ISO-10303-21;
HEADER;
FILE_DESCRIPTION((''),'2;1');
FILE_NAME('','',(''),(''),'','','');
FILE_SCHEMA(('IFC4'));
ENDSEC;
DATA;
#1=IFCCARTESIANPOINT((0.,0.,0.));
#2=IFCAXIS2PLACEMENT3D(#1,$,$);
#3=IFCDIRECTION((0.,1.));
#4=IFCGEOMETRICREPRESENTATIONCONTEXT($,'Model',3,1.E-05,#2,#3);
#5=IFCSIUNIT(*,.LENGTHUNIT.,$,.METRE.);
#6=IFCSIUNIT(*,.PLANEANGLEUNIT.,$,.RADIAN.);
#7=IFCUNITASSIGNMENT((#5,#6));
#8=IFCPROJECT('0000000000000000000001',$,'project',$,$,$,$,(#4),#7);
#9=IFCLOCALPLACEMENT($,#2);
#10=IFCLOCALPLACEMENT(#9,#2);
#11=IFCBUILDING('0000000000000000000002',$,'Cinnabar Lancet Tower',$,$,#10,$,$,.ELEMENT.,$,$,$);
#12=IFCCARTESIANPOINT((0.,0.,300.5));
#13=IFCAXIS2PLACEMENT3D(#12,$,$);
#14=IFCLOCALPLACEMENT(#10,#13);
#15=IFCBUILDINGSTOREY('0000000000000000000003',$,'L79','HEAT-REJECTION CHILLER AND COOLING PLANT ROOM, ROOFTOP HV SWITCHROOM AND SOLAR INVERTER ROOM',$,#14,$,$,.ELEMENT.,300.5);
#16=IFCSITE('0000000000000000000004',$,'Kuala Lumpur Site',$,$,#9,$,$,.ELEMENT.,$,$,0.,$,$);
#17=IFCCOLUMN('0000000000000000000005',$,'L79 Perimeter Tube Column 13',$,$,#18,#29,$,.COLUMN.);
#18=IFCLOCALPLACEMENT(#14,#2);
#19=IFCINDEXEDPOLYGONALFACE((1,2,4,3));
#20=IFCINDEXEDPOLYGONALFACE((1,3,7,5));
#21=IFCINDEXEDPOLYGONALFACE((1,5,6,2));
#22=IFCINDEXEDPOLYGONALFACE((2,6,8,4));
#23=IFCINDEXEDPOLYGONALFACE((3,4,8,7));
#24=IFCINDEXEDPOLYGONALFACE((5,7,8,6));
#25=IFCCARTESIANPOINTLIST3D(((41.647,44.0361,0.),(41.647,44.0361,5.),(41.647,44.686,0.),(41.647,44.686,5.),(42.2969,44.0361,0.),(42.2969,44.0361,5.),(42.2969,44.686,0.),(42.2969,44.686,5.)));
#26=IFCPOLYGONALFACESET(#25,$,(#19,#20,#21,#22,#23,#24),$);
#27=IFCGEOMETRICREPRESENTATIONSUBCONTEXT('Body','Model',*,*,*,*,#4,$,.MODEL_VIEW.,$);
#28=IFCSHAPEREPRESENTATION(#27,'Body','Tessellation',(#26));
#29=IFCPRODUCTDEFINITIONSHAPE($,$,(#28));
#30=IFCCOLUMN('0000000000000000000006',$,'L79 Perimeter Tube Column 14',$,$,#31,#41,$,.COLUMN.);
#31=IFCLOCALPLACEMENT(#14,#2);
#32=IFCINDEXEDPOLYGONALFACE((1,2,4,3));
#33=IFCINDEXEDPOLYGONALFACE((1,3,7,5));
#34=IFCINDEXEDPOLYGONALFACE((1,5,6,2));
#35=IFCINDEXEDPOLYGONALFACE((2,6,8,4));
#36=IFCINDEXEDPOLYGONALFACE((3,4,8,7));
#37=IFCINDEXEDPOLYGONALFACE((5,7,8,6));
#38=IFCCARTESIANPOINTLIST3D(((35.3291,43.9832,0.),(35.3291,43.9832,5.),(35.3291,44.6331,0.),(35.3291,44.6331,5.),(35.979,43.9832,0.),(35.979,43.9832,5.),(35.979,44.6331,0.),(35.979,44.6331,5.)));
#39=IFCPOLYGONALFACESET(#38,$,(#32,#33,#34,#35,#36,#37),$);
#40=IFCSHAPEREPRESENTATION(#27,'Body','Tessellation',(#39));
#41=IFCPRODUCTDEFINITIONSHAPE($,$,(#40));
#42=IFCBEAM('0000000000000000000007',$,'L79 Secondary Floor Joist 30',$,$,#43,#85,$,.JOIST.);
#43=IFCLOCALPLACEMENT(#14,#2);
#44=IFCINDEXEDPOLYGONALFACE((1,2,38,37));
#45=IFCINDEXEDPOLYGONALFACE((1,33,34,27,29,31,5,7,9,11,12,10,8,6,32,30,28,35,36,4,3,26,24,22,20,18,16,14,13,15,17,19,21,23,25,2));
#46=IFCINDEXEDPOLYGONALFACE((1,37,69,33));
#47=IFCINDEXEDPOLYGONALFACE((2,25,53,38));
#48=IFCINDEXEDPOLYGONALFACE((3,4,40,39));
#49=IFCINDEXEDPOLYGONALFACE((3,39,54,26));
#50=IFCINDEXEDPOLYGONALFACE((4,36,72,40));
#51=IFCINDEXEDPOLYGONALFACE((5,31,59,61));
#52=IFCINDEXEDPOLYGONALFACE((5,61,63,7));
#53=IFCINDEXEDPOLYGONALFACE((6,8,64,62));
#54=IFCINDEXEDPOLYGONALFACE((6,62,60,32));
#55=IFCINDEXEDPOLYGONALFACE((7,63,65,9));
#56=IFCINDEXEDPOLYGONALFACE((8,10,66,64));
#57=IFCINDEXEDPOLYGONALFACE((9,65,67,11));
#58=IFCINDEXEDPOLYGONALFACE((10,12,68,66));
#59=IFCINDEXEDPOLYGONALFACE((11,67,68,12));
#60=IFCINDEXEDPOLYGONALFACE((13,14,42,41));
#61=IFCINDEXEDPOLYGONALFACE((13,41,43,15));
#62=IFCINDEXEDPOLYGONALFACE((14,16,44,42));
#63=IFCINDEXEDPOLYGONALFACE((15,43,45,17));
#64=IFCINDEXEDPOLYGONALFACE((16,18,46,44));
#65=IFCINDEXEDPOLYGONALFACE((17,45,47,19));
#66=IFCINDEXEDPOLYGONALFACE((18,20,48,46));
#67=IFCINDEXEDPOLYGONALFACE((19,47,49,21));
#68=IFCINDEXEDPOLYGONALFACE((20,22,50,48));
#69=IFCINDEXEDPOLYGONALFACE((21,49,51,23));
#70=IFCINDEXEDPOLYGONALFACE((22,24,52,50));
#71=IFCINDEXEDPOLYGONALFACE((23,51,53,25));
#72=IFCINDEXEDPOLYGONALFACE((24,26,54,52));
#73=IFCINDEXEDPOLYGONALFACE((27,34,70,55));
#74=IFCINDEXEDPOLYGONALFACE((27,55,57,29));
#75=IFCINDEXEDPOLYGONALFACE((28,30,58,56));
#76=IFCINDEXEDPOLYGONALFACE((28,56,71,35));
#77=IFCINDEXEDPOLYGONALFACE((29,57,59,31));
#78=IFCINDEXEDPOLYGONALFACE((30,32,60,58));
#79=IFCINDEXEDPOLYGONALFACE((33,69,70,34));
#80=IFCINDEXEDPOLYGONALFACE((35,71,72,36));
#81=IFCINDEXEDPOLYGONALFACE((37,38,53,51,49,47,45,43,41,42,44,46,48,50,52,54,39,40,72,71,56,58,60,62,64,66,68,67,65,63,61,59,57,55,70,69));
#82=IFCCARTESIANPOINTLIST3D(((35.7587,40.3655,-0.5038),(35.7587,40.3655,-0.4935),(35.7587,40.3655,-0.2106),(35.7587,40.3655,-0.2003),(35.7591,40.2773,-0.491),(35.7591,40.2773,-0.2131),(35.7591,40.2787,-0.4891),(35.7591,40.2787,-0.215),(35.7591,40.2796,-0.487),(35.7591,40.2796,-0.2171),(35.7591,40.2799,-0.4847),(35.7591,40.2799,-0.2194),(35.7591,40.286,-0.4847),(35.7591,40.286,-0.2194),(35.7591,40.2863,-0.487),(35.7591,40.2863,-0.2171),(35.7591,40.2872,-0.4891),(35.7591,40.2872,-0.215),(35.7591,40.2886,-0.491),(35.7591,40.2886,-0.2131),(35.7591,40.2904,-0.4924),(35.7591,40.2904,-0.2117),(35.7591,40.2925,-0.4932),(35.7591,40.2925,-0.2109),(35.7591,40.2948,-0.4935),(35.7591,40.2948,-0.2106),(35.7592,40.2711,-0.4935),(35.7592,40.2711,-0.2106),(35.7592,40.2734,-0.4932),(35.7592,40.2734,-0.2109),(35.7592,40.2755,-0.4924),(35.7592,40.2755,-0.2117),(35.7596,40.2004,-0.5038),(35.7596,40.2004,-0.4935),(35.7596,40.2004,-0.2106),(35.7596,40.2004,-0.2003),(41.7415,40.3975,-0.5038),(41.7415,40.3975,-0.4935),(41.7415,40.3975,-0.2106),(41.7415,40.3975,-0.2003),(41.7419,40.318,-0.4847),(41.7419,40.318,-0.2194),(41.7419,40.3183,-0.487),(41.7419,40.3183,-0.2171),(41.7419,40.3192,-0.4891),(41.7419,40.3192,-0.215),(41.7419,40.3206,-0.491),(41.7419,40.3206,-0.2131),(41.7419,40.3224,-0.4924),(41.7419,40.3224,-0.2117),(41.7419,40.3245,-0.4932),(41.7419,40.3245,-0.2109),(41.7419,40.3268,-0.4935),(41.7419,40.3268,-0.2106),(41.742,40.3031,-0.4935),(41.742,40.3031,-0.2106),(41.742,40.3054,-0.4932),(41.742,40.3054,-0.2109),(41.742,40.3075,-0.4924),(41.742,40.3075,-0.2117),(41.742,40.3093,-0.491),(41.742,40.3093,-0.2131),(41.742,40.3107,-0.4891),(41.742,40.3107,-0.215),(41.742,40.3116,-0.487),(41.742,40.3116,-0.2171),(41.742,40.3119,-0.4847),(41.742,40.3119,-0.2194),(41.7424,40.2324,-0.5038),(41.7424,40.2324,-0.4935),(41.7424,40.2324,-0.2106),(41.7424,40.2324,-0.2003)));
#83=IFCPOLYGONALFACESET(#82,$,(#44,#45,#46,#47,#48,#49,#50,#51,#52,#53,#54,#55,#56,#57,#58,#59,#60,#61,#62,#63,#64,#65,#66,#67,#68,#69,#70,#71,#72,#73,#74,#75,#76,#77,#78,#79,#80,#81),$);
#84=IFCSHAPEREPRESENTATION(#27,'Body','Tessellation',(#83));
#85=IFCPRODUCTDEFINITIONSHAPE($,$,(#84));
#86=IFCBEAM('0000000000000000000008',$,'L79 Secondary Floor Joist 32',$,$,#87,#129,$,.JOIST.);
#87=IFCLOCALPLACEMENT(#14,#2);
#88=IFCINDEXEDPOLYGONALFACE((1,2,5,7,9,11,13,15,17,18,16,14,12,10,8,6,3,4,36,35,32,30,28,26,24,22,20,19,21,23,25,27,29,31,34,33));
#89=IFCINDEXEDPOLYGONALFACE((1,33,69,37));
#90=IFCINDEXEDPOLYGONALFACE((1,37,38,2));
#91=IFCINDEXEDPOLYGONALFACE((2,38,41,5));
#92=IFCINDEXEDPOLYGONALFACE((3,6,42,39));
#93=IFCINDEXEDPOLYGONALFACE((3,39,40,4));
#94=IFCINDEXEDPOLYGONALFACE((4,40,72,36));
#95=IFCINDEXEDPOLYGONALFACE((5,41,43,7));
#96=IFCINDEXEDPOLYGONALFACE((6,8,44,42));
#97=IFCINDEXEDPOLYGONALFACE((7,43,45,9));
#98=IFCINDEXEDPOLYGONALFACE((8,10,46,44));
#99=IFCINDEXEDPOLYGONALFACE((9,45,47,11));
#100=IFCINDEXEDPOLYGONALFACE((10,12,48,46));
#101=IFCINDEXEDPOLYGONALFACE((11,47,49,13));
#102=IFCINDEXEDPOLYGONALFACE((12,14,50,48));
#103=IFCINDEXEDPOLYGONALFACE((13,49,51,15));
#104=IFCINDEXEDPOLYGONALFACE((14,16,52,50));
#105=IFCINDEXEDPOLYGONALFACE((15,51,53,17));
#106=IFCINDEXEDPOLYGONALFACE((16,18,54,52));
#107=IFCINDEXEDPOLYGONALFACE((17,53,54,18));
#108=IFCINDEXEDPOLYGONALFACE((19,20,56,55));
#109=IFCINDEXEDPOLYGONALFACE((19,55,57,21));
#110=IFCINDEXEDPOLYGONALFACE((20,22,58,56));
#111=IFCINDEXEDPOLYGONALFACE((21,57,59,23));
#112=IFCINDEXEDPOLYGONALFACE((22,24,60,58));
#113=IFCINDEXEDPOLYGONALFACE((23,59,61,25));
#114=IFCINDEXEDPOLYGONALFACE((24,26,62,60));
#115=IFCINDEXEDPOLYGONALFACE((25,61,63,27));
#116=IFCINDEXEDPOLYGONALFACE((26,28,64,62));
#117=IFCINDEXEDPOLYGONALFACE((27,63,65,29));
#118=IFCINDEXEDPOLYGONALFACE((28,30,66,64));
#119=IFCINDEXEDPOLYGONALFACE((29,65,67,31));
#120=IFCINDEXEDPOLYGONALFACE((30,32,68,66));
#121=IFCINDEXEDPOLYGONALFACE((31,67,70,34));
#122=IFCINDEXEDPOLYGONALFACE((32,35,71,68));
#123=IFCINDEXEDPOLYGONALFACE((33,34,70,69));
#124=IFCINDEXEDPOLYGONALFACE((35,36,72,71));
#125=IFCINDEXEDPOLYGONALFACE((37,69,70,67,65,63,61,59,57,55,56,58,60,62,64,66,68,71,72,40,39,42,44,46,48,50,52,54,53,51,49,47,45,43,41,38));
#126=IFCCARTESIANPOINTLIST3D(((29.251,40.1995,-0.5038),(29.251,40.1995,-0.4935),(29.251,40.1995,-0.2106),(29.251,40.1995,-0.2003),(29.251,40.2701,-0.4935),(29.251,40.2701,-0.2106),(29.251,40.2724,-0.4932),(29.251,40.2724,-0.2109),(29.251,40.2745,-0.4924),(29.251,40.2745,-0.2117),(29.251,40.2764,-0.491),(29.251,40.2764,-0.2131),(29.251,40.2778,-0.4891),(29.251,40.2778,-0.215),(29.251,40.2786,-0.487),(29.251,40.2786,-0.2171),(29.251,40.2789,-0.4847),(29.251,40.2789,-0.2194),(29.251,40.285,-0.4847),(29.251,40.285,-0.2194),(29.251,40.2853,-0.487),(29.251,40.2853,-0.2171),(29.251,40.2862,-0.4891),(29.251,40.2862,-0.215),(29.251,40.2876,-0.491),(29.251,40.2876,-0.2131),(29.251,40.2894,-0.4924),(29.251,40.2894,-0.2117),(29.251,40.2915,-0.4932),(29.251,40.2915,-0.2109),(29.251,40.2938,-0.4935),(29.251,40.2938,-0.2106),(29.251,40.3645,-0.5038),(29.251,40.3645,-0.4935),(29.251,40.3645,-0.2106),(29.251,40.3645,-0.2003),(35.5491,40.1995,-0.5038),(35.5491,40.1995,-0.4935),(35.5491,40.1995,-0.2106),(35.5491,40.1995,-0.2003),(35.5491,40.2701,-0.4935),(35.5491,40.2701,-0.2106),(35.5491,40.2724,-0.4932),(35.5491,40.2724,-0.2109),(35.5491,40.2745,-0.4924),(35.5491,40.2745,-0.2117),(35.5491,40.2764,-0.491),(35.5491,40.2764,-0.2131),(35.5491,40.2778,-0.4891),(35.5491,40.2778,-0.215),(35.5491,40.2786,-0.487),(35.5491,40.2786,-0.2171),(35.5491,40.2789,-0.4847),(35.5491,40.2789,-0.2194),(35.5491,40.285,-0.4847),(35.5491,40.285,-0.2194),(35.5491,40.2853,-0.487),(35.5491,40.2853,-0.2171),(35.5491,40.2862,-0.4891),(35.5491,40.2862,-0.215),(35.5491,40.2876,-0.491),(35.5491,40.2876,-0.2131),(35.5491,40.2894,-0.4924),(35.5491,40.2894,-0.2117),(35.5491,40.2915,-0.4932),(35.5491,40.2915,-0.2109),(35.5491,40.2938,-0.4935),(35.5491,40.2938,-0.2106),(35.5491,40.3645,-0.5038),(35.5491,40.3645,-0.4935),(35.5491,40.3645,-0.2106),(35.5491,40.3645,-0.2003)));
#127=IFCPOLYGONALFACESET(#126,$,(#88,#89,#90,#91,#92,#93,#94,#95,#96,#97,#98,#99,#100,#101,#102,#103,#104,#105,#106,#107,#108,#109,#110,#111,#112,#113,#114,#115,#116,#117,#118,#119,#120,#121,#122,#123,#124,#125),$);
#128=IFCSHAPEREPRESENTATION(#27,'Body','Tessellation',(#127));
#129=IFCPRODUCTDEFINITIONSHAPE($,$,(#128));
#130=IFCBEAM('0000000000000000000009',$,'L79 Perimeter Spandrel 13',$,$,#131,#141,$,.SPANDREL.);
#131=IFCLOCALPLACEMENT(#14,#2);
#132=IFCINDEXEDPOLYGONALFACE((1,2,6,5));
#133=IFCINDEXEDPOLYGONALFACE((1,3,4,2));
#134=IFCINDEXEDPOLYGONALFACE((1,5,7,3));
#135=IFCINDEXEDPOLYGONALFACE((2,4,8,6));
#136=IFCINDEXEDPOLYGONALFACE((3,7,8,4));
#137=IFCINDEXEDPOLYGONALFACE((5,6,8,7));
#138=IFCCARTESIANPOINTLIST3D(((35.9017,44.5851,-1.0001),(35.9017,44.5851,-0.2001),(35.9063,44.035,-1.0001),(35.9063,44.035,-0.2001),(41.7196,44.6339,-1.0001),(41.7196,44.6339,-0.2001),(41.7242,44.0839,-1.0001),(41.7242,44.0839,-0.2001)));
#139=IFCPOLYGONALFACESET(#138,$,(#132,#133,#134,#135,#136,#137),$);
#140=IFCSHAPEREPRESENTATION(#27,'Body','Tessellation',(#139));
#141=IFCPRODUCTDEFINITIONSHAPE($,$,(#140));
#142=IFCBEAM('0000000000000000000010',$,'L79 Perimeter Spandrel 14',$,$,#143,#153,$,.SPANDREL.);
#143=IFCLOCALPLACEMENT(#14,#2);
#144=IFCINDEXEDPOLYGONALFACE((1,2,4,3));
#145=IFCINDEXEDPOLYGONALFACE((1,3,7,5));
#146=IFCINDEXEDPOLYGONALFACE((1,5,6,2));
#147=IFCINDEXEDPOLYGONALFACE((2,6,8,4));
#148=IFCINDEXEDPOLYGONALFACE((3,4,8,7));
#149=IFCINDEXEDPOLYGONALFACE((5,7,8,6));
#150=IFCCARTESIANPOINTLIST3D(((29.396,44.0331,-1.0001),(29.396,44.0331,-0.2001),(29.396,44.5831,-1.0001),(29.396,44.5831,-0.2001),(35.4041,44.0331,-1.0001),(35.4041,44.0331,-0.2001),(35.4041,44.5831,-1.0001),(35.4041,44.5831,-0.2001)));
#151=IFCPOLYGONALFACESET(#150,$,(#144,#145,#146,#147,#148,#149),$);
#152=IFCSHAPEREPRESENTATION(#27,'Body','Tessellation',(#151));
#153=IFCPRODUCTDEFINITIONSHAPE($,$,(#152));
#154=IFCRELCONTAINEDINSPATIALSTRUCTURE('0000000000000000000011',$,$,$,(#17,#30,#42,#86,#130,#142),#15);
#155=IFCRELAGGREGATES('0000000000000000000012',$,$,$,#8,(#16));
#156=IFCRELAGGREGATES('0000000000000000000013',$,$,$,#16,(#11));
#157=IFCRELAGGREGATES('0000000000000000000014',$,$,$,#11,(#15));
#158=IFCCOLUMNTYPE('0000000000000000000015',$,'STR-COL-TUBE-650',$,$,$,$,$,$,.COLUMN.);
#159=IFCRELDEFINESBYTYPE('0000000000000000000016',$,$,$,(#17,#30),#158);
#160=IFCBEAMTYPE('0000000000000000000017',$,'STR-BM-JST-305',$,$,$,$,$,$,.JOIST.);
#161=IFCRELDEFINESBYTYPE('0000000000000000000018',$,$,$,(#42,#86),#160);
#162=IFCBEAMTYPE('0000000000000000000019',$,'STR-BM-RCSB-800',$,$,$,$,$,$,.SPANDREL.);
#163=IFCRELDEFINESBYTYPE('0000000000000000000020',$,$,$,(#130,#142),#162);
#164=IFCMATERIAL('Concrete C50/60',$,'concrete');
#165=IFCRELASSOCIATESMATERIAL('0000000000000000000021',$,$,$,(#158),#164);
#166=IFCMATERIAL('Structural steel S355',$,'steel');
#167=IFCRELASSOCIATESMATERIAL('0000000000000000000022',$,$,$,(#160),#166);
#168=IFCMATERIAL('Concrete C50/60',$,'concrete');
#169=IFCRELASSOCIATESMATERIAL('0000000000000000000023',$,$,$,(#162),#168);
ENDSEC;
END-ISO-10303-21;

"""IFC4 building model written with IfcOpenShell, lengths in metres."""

from ifc_helpers import new_model, si_unit, direction, frame, origin, origin_2d, place, context, subcontext, project, spatial, rectangle, i_section, extrude, material, material_profile, profile_set, type_object, element, save


model = new_model("IFC4")

# Units and contexts
model_context = context("Model", 3, precision=1e-05, world=origin(), true_north=direction((0.0, 1.0)))
body_context = subcontext(model_context, "Body", "Model", "MODEL_VIEW")
ifc_project = project(units=[si_unit("LENGTHUNIT", "METRE"), si_unit("PLANEANGLEUNIT", "RADIAN")], contexts=[model_context])

# Site, building, storey
site_placement = place(None, origin())
site = spatial("IfcSite", under=ifc_project, at=site_placement, Name="Kuala Lumpur Site", CompositionType="ELEMENT", RefElevation=0.0)
building_placement = place(site_placement, origin())
building = spatial("IfcBuilding", under=site, at=building_placement, Name="Cinnabar Lancet Tower", CompositionType="ELEMENT")
storey_placement = place(building_placement, frame((0.0, 0.0, 300.5)))
storey = spatial("IfcBuildingStorey", under=building, at=storey_placement, Name="L79", Description="HEAT-REJECTION CHILLER AND COOLING PLANT ROOM, ROOFTOP HV SWITCHROOM AND SOLAR INVERTER ROOM", CompositionType="ELEMENT", Elevation=300.5)

# Columns
ifc_material_1 = material(Name="Concrete C50/60", Category="concrete")
ifc_material_profile_1 = material_profile(ifc_material_1, rectangle(XDim=0.6499, YDim=0.6499, at=origin_2d()), Name="RC-COL 650x650")
ifc_profile_set_1 = profile_set([ifc_material_profile_1], Name="Concrete C50/60")
column_type = type_object("IfcColumnType", Name="STR-COL-TUBE-650", PredefinedType="COLUMN", material=ifc_profile_set_1)
for number, where, z_axis, x_axis, name in (
    (1, (41.9719, 44.3611, 0.0), (0.0, 0.0, 1.0), (1.0, 0.0, 0.0), "L79 Perimeter Tube Column 13"),
    (2, (35.6541, 44.3081, 0.0), (0.0, 0.0, 1.0), (1.0, 0.0, 0.0), "L79 Perimeter Tube Column 14"),
):
    element("IfcColumn", number, at=place(storey_placement, frame(where, z_axis=z_axis, x_axis=x_axis)), inside=storey, type_object=column_type, Name=name, PredefinedType="COLUMN", context=body_context, shape_type="SweptSolid", body=[
        extrude(rectangle(XDim=0.6499, YDim=0.6499, at=origin_2d()), origin(), (0.0, 0.0, 1.0), 5.0),
    ])

# Beams
ifc_material_2 = material(Name="Structural steel S355", Category="steel")
ifc_material_profile_2 = material_profile(ifc_material_2, i_section(OverallWidth=0.165, OverallDepth=0.3035, WebThickness=0.0061, FlangeThickness=0.0103, FilletRadius=0.0088, at=origin_2d()), Name="UKB 305x165x40")
ifc_profile_set_2 = profile_set([ifc_material_profile_2], Name="Structural steel S355")
beam_type_1 = type_object("IfcBeamType", Name="STR-BM-JST-305", PredefinedType="JOIST", material=ifc_profile_set_2)
beam_1_placement = place(storey_placement, frame((41.7419, 40.3149, -0.3521), z_axis=(-0.999986, -0.005346, 0.0), x_axis=(0.005346, -0.999986, 0.0)))
element("IfcBeam", 3, at=beam_1_placement, inside=storey, type_object=beam_type_1, Name="L79 Secondary Floor Joist 30", PredefinedType="JOIST", context=body_context, shape_type="SweptSolid", body=[
    extrude(i_section(OverallWidth=0.165, OverallDepth=0.3035, WebThickness=0.0061, FlangeThickness=0.0103, FilletRadius=0.0088, at=origin_2d()), origin(), (0.0, 0.0, 1.0), 5.9829),
])
beam_2_placement = place(storey_placement, frame((35.5491, 40.282, -0.3521), z_axis=(-1.0, 0.0, 0.0), x_axis=(0.0, -1.0, 0.0)))
element("IfcBeam", 4, at=beam_2_placement, inside=storey, type_object=beam_type_1, Name="L79 Secondary Floor Joist 32", PredefinedType="JOIST", context=body_context, shape_type="SweptSolid", body=[
    extrude(i_section(OverallWidth=0.165, OverallDepth=0.3035, WebThickness=0.0061, FlangeThickness=0.0103, FilletRadius=0.0088, at=origin_2d()), origin(), (0.0, 0.0, 1.0), 6.2981),
])
ifc_material_3 = material(Name="Concrete C50/60", Category="concrete")
ifc_material_profile_3 = material_profile(ifc_material_3, rectangle(XDim=0.55, YDim=0.8, at=origin_2d()), Name="RC-SB 550x800")
ifc_profile_set_3 = profile_set([ifc_material_profile_3], Name="Concrete C50/60")
beam_type_2 = type_object("IfcBeamType", Name="STR-BM-RCSB-800", PredefinedType="SPANDREL", material=ifc_profile_set_3)
beam_3_placement = place(storey_placement, frame((41.7219, 44.3589, -0.6001), z_axis=(-0.999965, -0.008392, 0.0), x_axis=(0.008392, -0.999965, 0.0)))
element("IfcBeam", 5, at=beam_3_placement, inside=storey, type_object=beam_type_2, Name="L79 Perimeter Spandrel 13", PredefinedType="SPANDREL", context=body_context, shape_type="SweptSolid", body=[
    extrude(rectangle(XDim=0.55, YDim=0.8, at=origin_2d()), origin(), (0.0, 0.0, 1.0), 5.8181),
])
beam_4_placement = place(storey_placement, frame((35.4041, 44.3081, -0.6001), z_axis=(-1.0, 0.0, 0.0), x_axis=(0.0, -1.0, 0.0)))
element("IfcBeam", 6, at=beam_4_placement, inside=storey, type_object=beam_type_2, Name="L79 Perimeter Spandrel 14", PredefinedType="SPANDREL", context=body_context, shape_type="SweptSolid", body=[
    extrude(rectangle(XDim=0.55, YDim=0.8, at=origin_2d()), origin(), (0.0, 0.0, 1.0), 6.0081),
])

save(model, "model.ifc")
